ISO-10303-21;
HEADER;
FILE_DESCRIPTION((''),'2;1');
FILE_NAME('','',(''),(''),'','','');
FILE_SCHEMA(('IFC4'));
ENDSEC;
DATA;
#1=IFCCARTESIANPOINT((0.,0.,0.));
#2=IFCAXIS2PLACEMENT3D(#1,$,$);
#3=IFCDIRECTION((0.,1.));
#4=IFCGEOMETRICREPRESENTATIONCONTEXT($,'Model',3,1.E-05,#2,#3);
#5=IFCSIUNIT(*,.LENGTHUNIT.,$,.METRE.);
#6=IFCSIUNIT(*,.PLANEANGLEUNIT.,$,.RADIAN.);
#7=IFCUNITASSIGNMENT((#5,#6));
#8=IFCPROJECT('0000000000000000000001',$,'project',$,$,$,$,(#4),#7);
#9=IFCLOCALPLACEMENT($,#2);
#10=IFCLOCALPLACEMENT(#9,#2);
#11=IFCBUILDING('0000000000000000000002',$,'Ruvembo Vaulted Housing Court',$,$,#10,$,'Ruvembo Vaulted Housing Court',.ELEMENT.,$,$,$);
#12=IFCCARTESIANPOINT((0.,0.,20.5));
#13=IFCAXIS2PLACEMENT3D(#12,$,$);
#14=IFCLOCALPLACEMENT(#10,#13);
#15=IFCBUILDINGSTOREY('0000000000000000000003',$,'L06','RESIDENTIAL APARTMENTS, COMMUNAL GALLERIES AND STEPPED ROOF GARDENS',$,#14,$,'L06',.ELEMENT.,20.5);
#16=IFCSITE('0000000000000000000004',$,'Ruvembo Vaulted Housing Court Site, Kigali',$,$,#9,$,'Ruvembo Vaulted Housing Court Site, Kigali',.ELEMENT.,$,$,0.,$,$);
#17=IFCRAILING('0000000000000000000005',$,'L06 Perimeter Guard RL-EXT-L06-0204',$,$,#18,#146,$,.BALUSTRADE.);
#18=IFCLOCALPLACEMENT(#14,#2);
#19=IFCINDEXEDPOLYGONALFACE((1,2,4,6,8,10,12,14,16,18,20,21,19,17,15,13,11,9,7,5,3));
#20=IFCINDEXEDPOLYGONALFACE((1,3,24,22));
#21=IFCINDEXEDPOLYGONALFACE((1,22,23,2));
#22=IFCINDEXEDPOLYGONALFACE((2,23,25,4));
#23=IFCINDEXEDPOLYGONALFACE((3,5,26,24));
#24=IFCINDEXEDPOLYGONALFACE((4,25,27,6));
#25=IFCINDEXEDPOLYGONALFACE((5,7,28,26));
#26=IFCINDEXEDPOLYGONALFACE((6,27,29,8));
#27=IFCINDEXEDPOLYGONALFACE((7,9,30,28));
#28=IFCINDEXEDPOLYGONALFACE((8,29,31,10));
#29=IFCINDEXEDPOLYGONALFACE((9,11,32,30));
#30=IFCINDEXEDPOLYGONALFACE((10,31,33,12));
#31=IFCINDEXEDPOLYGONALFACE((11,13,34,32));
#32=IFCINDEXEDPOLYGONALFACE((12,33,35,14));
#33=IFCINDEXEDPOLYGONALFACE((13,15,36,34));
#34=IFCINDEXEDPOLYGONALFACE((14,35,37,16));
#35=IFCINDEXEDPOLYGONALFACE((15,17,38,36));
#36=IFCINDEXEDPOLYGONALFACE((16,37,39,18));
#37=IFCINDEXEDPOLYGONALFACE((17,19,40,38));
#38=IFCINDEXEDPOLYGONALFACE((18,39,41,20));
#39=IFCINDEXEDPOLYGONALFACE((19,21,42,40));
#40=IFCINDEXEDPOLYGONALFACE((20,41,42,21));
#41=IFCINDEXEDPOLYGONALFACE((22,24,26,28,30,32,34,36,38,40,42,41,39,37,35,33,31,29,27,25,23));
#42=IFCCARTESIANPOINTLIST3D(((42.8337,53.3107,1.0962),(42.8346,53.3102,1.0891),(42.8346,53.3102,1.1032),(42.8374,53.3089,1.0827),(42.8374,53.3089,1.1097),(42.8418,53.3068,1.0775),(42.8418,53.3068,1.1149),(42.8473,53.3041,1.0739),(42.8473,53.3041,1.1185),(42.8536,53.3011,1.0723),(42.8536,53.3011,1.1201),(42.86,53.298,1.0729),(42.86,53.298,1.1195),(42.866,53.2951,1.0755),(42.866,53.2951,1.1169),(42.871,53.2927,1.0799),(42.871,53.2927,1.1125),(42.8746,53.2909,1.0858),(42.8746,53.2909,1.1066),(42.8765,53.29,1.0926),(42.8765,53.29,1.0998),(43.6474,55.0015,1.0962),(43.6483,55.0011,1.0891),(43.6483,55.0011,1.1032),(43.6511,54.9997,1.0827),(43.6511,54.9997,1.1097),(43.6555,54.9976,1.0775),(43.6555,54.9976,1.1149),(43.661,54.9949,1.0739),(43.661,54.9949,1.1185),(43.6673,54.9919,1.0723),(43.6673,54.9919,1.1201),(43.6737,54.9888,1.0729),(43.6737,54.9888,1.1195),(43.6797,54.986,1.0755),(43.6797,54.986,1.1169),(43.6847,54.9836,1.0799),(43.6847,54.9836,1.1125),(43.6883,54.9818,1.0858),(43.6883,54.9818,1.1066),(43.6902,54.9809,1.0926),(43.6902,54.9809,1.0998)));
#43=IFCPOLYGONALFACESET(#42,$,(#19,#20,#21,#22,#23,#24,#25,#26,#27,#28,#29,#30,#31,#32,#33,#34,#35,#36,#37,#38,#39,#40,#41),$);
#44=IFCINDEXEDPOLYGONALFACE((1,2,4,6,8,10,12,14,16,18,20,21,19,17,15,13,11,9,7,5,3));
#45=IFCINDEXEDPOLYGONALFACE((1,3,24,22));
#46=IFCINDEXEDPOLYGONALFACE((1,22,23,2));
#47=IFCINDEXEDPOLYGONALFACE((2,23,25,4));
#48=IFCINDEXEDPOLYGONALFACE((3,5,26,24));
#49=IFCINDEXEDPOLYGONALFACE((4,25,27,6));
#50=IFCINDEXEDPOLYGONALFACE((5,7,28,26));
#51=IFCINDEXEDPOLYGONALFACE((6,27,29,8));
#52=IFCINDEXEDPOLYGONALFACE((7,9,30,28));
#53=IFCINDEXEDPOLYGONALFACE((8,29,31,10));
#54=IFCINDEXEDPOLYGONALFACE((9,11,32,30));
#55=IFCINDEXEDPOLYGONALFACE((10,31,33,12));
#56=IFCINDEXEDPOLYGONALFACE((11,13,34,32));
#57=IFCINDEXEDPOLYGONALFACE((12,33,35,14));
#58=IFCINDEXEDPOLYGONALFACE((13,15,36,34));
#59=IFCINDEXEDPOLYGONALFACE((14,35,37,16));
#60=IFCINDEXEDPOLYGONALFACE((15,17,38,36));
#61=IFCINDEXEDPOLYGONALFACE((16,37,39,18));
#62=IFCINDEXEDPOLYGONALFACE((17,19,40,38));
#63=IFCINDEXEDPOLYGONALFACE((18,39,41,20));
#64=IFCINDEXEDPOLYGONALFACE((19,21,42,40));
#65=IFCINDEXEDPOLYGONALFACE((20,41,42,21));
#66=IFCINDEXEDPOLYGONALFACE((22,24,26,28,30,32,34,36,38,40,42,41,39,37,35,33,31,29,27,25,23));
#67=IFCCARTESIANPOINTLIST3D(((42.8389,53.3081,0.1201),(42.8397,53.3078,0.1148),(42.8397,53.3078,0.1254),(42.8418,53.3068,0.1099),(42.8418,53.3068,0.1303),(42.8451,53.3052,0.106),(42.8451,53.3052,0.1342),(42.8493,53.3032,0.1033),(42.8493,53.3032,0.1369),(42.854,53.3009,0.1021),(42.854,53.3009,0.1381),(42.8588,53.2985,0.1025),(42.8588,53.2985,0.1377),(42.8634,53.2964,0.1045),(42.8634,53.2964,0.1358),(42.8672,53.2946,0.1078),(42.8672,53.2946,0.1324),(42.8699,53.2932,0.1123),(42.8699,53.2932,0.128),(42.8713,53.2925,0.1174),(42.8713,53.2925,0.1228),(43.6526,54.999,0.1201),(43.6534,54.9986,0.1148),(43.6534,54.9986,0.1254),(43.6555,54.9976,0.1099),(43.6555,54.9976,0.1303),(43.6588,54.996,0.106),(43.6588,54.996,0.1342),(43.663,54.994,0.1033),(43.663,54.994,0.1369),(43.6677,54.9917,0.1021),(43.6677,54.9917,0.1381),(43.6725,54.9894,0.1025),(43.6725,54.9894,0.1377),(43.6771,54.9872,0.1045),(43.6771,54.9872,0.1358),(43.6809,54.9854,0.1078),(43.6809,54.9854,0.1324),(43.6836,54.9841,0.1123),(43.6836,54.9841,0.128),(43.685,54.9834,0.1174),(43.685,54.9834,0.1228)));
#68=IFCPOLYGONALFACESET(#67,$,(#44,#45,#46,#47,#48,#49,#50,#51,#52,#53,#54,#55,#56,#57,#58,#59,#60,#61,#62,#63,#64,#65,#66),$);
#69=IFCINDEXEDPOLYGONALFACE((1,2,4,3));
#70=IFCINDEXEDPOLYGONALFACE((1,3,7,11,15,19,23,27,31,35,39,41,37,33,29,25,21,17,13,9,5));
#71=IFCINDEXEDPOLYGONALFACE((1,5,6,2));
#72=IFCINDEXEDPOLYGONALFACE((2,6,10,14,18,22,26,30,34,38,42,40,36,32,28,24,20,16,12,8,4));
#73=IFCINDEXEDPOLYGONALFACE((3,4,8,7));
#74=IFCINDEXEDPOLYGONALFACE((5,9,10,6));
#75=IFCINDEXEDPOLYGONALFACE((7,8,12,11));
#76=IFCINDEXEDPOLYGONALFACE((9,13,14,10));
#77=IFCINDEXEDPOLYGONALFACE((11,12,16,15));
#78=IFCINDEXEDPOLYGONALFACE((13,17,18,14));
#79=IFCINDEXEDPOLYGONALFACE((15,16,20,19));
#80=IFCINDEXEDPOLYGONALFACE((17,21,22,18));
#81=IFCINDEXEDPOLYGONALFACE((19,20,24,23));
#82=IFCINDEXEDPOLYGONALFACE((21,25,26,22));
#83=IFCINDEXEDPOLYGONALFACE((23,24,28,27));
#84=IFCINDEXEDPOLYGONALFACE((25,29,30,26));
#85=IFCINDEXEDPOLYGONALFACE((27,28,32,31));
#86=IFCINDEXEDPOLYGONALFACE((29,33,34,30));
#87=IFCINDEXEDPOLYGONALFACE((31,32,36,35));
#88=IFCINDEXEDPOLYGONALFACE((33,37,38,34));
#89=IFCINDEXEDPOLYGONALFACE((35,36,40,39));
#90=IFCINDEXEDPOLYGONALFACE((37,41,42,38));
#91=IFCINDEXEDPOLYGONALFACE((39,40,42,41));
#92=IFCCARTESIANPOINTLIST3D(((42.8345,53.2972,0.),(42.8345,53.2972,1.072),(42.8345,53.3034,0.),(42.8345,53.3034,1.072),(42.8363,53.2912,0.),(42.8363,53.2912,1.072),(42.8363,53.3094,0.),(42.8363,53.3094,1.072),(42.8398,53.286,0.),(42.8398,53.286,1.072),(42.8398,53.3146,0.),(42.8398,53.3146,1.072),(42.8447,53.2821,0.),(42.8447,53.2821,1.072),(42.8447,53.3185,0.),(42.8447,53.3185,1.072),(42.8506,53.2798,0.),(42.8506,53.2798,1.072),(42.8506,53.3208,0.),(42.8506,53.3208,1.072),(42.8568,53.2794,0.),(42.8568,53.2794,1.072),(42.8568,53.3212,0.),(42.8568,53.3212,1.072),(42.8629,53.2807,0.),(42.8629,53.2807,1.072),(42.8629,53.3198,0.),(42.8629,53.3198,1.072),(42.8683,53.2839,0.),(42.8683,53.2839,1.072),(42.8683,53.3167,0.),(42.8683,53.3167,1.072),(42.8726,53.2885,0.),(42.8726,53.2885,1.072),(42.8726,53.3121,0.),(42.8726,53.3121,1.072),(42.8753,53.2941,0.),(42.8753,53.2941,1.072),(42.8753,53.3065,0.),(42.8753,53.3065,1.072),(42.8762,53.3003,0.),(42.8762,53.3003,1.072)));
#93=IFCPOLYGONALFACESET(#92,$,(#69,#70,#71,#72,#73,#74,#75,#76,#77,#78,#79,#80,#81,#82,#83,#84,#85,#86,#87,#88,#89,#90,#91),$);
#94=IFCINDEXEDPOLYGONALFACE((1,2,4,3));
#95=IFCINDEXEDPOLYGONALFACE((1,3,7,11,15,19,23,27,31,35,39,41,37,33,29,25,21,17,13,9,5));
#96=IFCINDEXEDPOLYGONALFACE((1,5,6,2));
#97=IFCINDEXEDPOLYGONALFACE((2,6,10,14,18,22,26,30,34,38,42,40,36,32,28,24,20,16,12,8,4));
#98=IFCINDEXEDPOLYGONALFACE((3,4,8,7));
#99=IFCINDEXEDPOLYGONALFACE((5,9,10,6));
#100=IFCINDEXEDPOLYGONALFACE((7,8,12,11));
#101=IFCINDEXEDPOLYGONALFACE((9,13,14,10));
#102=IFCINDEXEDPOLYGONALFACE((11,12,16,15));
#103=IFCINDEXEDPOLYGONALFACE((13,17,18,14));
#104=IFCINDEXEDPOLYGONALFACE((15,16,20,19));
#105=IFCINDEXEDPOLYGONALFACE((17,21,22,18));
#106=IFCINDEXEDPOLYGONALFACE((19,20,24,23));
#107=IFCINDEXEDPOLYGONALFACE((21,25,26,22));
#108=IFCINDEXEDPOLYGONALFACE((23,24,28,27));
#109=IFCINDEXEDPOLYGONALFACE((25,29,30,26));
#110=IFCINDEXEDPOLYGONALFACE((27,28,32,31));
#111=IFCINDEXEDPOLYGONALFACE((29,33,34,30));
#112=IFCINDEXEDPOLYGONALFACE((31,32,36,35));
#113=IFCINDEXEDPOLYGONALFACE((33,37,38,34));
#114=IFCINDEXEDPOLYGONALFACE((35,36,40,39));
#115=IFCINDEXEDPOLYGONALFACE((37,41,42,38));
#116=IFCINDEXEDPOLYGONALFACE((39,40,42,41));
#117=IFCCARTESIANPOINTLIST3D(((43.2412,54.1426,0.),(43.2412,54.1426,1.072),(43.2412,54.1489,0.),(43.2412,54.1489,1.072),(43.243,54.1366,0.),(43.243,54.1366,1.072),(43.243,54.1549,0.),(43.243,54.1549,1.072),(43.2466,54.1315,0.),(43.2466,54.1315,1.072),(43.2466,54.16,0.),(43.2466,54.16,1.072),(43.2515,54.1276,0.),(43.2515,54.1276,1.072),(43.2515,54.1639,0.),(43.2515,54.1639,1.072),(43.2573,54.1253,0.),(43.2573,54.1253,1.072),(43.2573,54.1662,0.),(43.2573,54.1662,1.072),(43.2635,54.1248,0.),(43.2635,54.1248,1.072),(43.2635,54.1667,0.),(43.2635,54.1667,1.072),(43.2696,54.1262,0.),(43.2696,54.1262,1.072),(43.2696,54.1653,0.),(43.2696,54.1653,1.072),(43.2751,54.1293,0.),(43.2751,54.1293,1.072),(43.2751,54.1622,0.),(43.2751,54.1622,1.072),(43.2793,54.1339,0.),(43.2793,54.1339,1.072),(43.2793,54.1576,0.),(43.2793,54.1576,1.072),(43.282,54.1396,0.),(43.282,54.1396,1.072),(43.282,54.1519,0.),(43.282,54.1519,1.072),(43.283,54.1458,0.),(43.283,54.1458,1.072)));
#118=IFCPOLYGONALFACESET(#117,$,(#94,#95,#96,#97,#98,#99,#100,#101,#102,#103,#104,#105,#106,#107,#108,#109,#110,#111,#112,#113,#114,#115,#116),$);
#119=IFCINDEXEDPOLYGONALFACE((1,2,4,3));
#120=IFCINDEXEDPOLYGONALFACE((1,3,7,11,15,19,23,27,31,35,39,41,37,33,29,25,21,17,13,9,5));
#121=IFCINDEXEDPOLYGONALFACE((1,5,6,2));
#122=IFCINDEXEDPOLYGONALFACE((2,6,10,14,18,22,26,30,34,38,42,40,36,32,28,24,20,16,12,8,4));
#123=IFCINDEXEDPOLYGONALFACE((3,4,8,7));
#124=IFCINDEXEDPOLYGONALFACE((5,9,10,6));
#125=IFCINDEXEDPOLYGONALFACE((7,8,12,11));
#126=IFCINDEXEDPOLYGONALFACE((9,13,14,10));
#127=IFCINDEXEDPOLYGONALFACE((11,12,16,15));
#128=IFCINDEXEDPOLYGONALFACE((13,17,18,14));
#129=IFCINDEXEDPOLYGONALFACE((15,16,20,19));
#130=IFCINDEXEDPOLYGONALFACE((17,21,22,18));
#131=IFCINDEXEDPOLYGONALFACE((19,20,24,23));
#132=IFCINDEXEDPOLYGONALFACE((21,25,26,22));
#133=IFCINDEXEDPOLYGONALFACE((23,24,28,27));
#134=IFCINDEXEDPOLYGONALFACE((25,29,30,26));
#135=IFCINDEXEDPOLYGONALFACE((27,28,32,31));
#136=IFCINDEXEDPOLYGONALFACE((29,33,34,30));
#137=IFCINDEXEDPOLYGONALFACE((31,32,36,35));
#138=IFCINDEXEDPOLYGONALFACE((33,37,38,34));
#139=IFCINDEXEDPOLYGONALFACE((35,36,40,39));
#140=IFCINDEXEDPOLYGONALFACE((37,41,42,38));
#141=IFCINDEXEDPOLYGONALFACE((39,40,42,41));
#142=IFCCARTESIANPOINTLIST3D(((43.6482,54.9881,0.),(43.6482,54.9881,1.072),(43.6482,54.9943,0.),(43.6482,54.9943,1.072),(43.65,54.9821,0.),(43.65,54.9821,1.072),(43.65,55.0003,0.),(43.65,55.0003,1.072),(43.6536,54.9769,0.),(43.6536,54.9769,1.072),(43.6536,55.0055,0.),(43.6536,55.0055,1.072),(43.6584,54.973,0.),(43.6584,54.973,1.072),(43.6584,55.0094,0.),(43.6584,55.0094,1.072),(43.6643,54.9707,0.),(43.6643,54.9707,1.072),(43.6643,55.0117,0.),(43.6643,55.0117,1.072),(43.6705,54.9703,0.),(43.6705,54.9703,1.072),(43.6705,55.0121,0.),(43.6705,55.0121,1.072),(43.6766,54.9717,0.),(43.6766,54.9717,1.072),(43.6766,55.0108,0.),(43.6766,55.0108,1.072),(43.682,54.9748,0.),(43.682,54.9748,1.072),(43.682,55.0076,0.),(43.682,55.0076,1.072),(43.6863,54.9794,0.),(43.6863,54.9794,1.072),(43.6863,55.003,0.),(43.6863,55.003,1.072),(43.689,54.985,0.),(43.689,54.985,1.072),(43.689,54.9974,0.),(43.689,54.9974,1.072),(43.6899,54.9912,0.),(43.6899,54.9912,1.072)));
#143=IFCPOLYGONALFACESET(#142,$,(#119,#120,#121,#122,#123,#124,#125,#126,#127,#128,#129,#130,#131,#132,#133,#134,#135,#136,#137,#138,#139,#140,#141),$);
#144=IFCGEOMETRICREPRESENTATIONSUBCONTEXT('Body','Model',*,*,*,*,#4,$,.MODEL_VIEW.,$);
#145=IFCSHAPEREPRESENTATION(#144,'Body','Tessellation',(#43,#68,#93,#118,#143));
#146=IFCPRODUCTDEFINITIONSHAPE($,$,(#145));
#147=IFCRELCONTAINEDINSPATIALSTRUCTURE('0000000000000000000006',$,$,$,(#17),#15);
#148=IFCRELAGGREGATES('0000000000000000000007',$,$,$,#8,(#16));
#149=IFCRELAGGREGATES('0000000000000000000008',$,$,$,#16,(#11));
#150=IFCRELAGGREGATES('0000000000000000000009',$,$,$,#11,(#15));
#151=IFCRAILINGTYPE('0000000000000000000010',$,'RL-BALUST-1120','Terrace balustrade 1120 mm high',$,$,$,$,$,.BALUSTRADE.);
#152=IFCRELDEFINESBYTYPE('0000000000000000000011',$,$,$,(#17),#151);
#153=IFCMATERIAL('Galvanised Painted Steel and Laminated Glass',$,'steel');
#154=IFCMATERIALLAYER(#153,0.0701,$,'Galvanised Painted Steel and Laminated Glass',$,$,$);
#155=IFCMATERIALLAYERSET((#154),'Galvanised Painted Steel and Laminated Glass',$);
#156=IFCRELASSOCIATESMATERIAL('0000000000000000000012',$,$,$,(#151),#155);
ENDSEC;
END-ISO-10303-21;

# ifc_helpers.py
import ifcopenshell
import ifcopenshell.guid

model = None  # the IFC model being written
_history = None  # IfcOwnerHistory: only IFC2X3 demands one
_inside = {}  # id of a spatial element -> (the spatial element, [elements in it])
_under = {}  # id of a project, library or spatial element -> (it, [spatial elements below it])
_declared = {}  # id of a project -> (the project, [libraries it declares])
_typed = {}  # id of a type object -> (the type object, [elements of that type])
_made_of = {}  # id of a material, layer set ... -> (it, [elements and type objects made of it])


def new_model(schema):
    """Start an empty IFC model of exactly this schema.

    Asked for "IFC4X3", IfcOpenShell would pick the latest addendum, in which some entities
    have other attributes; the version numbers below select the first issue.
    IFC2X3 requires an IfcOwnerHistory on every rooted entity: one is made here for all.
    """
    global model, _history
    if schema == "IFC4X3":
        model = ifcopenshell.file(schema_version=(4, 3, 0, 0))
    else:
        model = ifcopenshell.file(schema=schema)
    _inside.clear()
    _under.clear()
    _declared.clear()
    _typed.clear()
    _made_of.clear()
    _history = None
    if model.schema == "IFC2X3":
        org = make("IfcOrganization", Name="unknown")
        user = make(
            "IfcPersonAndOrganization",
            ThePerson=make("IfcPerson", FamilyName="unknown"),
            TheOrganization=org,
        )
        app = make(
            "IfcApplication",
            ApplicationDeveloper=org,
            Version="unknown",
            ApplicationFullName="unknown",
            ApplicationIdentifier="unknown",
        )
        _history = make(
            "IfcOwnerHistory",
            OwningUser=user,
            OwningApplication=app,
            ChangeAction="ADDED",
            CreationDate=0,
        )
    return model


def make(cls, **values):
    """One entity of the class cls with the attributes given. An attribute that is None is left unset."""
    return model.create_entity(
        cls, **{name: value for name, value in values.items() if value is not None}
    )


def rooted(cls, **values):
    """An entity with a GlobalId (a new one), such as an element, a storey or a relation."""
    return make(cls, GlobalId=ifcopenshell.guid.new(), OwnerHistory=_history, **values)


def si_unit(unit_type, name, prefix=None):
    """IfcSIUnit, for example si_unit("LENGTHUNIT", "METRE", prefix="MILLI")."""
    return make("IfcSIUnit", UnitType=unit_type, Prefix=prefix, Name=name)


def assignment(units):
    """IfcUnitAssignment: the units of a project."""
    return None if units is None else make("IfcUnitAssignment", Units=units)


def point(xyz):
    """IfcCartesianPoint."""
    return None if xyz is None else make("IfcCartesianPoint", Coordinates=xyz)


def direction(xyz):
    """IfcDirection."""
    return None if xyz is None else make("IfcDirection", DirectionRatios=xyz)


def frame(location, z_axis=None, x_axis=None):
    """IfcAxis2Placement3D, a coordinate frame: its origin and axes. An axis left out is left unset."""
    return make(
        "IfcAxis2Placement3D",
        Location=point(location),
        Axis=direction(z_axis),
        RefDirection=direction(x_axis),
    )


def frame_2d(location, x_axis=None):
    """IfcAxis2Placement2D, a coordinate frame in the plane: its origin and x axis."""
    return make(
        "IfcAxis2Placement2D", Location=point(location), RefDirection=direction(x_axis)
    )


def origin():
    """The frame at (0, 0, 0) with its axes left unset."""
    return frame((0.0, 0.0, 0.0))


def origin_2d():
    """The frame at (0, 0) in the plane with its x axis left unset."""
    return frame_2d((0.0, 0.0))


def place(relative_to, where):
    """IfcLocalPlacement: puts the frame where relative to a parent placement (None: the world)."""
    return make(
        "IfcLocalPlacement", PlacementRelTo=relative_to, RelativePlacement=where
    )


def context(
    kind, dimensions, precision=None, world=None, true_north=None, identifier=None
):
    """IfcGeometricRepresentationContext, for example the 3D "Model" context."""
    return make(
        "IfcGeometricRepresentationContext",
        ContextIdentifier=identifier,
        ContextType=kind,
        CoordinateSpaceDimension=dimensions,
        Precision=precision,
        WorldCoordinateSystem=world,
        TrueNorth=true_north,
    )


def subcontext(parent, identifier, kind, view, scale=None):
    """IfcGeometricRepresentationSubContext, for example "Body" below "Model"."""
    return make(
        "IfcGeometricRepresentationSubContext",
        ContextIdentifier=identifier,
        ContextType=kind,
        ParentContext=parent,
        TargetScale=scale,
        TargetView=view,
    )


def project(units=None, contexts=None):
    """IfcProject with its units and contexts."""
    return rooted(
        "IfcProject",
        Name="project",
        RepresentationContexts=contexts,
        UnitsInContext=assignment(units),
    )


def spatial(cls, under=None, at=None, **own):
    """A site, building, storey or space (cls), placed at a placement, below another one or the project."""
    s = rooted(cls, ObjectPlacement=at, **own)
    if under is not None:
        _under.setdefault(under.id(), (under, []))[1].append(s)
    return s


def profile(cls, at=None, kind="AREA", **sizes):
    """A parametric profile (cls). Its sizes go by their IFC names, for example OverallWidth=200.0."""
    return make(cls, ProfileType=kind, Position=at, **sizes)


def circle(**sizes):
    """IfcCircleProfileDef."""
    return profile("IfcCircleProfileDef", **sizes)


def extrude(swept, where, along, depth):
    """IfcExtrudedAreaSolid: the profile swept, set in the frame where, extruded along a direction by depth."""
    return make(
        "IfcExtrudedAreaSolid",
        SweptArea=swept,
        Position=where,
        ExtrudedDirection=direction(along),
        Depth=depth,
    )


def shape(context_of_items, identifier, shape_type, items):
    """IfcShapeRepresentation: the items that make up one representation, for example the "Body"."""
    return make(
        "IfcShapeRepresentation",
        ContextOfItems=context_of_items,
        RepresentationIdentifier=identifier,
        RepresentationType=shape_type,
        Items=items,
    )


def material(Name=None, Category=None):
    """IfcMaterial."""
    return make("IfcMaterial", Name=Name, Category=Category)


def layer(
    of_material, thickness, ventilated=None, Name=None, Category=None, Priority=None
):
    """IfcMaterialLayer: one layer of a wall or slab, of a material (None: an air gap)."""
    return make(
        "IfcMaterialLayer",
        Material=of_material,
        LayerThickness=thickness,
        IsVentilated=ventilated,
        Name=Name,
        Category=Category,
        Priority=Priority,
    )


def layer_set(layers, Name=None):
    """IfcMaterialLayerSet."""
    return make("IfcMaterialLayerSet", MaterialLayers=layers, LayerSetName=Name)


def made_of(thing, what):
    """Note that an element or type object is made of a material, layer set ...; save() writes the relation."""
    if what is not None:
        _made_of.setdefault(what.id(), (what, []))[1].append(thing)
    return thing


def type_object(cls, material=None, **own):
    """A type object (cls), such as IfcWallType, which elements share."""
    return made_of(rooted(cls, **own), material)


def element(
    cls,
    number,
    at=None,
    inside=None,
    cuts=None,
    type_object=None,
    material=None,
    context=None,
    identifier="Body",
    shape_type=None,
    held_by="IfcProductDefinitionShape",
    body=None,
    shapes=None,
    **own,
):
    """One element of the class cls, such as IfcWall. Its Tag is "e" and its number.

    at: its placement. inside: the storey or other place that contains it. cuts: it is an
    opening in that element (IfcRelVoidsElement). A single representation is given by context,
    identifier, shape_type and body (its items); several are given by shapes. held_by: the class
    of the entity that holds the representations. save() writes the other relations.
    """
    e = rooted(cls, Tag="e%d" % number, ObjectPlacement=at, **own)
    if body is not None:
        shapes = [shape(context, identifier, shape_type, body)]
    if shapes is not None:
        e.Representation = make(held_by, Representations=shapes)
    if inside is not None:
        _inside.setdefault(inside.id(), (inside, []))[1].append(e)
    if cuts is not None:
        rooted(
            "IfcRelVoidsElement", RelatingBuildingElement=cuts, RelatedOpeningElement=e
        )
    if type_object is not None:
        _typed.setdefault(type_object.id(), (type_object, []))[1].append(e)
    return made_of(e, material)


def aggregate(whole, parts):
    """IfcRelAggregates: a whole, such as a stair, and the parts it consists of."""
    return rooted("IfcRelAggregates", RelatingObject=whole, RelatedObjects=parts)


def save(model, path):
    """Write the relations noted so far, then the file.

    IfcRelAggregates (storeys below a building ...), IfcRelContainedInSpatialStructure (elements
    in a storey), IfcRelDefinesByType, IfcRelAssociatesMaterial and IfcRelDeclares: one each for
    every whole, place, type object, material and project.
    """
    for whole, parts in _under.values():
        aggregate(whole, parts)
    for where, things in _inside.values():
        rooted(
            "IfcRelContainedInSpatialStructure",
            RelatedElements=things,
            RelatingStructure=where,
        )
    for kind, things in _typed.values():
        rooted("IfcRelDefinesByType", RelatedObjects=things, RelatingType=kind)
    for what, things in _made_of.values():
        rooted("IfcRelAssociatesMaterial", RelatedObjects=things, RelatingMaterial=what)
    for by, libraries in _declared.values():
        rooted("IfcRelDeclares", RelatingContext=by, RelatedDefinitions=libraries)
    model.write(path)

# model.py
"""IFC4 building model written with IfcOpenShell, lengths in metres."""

from ifc_helpers import new_model, si_unit, direction, frame, origin, origin_2d, place, context, subcontext, project, spatial, circle, extrude, material, layer, layer_set, type_object, element, save


model = new_model("IFC4")

# Units and contexts
model_context = context("Model", 3, precision=1e-05, world=origin(), true_north=direction((0.0, 1.0)))
body_context = subcontext(model_context, "Body", "Model", "MODEL_VIEW")
ifc_project = project(units=[si_unit("LENGTHUNIT", "METRE"), si_unit("PLANEANGLEUNIT", "RADIAN")], contexts=[model_context])

# Site, building, storey
site_placement = place(None, origin())
site = spatial("IfcSite", under=ifc_project, at=site_placement, Name="Ruvembo Vaulted Housing Court Site, Kigali", LongName="Ruvembo Vaulted Housing Court Site, Kigali", CompositionType="ELEMENT", RefElevation=0.0)
building_placement = place(site_placement, origin())
building = spatial("IfcBuilding", under=site, at=building_placement, Name="Ruvembo Vaulted Housing Court", LongName="Ruvembo Vaulted Housing Court", CompositionType="ELEMENT")
storey_placement = place(building_placement, frame((0.0, 0.0, 20.5)))
storey = spatial("IfcBuildingStorey", under=building, at=storey_placement, Name="L06", Description="RESIDENTIAL APARTMENTS, COMMUNAL GALLERIES AND STEPPED ROOF GARDENS", LongName="L06", CompositionType="ELEMENT", Elevation=20.5)

# Railing
ifc_material_1 = material(Name="Galvanised Painted Steel and Laminated Glass", Category="steel")
ifc_layer_1 = layer(ifc_material_1, 0.0701, Name="Galvanised Painted Steel and Laminated Glass")
ifc_layer_set_1 = layer_set([ifc_layer_1], Name="Galvanised Painted Steel and Laminated Glass")
railing_type = type_object("IfcRailingType", Name="RL-BALUST-1120", Description="Terrace balustrade 1120 mm high", PredefinedType="BALUSTRADE", material=ifc_layer_set_1)
railing_1_placement = place(storey_placement, frame((42.8552, 53.3003, 0.0)))
element("IfcRailing", 1, at=railing_1_placement, inside=storey, type_object=railing_type, Name="L06 Perimeter Guard RL-EXT-L06-0204", PredefinedType="BALUSTRADE", context=body_context, shape_type="SweptSolid", body=[
    extrude(circle(Radius=0.0239, at=origin_2d()), frame((0.0, 0.0, 1.0962), z_axis=(0.433632, 0.90109, 0.0), x_axis=(-0.90109, 0.433632, 0.0)), (0.0, 0.0, 1.0), 1.8765),
    extrude(circle(Radius=0.0181, at=origin_2d()), frame((0.0, 0.0, 0.1201), z_axis=(0.433632, 0.90109, 0.0), x_axis=(-0.90109, 0.433632, 0.0)), (0.0, 0.0, 1.0), 1.8765),
    extrude(circle(Radius=0.021, at=origin_2d()), origin(), (0.0, 0.0, 1.0), 1.072),
    extrude(circle(Radius=0.021, at=origin_2d()), frame((0.4067, 0.8455, 0.0)), (0.0, 0.0, 1.0), 1.072),
    extrude(circle(Radius=0.021, at=origin_2d()), frame((0.8137, 1.6909, 0.0)), (0.0, 0.0, 1.0), 1.072),
])

save(model, "model.ifc")
